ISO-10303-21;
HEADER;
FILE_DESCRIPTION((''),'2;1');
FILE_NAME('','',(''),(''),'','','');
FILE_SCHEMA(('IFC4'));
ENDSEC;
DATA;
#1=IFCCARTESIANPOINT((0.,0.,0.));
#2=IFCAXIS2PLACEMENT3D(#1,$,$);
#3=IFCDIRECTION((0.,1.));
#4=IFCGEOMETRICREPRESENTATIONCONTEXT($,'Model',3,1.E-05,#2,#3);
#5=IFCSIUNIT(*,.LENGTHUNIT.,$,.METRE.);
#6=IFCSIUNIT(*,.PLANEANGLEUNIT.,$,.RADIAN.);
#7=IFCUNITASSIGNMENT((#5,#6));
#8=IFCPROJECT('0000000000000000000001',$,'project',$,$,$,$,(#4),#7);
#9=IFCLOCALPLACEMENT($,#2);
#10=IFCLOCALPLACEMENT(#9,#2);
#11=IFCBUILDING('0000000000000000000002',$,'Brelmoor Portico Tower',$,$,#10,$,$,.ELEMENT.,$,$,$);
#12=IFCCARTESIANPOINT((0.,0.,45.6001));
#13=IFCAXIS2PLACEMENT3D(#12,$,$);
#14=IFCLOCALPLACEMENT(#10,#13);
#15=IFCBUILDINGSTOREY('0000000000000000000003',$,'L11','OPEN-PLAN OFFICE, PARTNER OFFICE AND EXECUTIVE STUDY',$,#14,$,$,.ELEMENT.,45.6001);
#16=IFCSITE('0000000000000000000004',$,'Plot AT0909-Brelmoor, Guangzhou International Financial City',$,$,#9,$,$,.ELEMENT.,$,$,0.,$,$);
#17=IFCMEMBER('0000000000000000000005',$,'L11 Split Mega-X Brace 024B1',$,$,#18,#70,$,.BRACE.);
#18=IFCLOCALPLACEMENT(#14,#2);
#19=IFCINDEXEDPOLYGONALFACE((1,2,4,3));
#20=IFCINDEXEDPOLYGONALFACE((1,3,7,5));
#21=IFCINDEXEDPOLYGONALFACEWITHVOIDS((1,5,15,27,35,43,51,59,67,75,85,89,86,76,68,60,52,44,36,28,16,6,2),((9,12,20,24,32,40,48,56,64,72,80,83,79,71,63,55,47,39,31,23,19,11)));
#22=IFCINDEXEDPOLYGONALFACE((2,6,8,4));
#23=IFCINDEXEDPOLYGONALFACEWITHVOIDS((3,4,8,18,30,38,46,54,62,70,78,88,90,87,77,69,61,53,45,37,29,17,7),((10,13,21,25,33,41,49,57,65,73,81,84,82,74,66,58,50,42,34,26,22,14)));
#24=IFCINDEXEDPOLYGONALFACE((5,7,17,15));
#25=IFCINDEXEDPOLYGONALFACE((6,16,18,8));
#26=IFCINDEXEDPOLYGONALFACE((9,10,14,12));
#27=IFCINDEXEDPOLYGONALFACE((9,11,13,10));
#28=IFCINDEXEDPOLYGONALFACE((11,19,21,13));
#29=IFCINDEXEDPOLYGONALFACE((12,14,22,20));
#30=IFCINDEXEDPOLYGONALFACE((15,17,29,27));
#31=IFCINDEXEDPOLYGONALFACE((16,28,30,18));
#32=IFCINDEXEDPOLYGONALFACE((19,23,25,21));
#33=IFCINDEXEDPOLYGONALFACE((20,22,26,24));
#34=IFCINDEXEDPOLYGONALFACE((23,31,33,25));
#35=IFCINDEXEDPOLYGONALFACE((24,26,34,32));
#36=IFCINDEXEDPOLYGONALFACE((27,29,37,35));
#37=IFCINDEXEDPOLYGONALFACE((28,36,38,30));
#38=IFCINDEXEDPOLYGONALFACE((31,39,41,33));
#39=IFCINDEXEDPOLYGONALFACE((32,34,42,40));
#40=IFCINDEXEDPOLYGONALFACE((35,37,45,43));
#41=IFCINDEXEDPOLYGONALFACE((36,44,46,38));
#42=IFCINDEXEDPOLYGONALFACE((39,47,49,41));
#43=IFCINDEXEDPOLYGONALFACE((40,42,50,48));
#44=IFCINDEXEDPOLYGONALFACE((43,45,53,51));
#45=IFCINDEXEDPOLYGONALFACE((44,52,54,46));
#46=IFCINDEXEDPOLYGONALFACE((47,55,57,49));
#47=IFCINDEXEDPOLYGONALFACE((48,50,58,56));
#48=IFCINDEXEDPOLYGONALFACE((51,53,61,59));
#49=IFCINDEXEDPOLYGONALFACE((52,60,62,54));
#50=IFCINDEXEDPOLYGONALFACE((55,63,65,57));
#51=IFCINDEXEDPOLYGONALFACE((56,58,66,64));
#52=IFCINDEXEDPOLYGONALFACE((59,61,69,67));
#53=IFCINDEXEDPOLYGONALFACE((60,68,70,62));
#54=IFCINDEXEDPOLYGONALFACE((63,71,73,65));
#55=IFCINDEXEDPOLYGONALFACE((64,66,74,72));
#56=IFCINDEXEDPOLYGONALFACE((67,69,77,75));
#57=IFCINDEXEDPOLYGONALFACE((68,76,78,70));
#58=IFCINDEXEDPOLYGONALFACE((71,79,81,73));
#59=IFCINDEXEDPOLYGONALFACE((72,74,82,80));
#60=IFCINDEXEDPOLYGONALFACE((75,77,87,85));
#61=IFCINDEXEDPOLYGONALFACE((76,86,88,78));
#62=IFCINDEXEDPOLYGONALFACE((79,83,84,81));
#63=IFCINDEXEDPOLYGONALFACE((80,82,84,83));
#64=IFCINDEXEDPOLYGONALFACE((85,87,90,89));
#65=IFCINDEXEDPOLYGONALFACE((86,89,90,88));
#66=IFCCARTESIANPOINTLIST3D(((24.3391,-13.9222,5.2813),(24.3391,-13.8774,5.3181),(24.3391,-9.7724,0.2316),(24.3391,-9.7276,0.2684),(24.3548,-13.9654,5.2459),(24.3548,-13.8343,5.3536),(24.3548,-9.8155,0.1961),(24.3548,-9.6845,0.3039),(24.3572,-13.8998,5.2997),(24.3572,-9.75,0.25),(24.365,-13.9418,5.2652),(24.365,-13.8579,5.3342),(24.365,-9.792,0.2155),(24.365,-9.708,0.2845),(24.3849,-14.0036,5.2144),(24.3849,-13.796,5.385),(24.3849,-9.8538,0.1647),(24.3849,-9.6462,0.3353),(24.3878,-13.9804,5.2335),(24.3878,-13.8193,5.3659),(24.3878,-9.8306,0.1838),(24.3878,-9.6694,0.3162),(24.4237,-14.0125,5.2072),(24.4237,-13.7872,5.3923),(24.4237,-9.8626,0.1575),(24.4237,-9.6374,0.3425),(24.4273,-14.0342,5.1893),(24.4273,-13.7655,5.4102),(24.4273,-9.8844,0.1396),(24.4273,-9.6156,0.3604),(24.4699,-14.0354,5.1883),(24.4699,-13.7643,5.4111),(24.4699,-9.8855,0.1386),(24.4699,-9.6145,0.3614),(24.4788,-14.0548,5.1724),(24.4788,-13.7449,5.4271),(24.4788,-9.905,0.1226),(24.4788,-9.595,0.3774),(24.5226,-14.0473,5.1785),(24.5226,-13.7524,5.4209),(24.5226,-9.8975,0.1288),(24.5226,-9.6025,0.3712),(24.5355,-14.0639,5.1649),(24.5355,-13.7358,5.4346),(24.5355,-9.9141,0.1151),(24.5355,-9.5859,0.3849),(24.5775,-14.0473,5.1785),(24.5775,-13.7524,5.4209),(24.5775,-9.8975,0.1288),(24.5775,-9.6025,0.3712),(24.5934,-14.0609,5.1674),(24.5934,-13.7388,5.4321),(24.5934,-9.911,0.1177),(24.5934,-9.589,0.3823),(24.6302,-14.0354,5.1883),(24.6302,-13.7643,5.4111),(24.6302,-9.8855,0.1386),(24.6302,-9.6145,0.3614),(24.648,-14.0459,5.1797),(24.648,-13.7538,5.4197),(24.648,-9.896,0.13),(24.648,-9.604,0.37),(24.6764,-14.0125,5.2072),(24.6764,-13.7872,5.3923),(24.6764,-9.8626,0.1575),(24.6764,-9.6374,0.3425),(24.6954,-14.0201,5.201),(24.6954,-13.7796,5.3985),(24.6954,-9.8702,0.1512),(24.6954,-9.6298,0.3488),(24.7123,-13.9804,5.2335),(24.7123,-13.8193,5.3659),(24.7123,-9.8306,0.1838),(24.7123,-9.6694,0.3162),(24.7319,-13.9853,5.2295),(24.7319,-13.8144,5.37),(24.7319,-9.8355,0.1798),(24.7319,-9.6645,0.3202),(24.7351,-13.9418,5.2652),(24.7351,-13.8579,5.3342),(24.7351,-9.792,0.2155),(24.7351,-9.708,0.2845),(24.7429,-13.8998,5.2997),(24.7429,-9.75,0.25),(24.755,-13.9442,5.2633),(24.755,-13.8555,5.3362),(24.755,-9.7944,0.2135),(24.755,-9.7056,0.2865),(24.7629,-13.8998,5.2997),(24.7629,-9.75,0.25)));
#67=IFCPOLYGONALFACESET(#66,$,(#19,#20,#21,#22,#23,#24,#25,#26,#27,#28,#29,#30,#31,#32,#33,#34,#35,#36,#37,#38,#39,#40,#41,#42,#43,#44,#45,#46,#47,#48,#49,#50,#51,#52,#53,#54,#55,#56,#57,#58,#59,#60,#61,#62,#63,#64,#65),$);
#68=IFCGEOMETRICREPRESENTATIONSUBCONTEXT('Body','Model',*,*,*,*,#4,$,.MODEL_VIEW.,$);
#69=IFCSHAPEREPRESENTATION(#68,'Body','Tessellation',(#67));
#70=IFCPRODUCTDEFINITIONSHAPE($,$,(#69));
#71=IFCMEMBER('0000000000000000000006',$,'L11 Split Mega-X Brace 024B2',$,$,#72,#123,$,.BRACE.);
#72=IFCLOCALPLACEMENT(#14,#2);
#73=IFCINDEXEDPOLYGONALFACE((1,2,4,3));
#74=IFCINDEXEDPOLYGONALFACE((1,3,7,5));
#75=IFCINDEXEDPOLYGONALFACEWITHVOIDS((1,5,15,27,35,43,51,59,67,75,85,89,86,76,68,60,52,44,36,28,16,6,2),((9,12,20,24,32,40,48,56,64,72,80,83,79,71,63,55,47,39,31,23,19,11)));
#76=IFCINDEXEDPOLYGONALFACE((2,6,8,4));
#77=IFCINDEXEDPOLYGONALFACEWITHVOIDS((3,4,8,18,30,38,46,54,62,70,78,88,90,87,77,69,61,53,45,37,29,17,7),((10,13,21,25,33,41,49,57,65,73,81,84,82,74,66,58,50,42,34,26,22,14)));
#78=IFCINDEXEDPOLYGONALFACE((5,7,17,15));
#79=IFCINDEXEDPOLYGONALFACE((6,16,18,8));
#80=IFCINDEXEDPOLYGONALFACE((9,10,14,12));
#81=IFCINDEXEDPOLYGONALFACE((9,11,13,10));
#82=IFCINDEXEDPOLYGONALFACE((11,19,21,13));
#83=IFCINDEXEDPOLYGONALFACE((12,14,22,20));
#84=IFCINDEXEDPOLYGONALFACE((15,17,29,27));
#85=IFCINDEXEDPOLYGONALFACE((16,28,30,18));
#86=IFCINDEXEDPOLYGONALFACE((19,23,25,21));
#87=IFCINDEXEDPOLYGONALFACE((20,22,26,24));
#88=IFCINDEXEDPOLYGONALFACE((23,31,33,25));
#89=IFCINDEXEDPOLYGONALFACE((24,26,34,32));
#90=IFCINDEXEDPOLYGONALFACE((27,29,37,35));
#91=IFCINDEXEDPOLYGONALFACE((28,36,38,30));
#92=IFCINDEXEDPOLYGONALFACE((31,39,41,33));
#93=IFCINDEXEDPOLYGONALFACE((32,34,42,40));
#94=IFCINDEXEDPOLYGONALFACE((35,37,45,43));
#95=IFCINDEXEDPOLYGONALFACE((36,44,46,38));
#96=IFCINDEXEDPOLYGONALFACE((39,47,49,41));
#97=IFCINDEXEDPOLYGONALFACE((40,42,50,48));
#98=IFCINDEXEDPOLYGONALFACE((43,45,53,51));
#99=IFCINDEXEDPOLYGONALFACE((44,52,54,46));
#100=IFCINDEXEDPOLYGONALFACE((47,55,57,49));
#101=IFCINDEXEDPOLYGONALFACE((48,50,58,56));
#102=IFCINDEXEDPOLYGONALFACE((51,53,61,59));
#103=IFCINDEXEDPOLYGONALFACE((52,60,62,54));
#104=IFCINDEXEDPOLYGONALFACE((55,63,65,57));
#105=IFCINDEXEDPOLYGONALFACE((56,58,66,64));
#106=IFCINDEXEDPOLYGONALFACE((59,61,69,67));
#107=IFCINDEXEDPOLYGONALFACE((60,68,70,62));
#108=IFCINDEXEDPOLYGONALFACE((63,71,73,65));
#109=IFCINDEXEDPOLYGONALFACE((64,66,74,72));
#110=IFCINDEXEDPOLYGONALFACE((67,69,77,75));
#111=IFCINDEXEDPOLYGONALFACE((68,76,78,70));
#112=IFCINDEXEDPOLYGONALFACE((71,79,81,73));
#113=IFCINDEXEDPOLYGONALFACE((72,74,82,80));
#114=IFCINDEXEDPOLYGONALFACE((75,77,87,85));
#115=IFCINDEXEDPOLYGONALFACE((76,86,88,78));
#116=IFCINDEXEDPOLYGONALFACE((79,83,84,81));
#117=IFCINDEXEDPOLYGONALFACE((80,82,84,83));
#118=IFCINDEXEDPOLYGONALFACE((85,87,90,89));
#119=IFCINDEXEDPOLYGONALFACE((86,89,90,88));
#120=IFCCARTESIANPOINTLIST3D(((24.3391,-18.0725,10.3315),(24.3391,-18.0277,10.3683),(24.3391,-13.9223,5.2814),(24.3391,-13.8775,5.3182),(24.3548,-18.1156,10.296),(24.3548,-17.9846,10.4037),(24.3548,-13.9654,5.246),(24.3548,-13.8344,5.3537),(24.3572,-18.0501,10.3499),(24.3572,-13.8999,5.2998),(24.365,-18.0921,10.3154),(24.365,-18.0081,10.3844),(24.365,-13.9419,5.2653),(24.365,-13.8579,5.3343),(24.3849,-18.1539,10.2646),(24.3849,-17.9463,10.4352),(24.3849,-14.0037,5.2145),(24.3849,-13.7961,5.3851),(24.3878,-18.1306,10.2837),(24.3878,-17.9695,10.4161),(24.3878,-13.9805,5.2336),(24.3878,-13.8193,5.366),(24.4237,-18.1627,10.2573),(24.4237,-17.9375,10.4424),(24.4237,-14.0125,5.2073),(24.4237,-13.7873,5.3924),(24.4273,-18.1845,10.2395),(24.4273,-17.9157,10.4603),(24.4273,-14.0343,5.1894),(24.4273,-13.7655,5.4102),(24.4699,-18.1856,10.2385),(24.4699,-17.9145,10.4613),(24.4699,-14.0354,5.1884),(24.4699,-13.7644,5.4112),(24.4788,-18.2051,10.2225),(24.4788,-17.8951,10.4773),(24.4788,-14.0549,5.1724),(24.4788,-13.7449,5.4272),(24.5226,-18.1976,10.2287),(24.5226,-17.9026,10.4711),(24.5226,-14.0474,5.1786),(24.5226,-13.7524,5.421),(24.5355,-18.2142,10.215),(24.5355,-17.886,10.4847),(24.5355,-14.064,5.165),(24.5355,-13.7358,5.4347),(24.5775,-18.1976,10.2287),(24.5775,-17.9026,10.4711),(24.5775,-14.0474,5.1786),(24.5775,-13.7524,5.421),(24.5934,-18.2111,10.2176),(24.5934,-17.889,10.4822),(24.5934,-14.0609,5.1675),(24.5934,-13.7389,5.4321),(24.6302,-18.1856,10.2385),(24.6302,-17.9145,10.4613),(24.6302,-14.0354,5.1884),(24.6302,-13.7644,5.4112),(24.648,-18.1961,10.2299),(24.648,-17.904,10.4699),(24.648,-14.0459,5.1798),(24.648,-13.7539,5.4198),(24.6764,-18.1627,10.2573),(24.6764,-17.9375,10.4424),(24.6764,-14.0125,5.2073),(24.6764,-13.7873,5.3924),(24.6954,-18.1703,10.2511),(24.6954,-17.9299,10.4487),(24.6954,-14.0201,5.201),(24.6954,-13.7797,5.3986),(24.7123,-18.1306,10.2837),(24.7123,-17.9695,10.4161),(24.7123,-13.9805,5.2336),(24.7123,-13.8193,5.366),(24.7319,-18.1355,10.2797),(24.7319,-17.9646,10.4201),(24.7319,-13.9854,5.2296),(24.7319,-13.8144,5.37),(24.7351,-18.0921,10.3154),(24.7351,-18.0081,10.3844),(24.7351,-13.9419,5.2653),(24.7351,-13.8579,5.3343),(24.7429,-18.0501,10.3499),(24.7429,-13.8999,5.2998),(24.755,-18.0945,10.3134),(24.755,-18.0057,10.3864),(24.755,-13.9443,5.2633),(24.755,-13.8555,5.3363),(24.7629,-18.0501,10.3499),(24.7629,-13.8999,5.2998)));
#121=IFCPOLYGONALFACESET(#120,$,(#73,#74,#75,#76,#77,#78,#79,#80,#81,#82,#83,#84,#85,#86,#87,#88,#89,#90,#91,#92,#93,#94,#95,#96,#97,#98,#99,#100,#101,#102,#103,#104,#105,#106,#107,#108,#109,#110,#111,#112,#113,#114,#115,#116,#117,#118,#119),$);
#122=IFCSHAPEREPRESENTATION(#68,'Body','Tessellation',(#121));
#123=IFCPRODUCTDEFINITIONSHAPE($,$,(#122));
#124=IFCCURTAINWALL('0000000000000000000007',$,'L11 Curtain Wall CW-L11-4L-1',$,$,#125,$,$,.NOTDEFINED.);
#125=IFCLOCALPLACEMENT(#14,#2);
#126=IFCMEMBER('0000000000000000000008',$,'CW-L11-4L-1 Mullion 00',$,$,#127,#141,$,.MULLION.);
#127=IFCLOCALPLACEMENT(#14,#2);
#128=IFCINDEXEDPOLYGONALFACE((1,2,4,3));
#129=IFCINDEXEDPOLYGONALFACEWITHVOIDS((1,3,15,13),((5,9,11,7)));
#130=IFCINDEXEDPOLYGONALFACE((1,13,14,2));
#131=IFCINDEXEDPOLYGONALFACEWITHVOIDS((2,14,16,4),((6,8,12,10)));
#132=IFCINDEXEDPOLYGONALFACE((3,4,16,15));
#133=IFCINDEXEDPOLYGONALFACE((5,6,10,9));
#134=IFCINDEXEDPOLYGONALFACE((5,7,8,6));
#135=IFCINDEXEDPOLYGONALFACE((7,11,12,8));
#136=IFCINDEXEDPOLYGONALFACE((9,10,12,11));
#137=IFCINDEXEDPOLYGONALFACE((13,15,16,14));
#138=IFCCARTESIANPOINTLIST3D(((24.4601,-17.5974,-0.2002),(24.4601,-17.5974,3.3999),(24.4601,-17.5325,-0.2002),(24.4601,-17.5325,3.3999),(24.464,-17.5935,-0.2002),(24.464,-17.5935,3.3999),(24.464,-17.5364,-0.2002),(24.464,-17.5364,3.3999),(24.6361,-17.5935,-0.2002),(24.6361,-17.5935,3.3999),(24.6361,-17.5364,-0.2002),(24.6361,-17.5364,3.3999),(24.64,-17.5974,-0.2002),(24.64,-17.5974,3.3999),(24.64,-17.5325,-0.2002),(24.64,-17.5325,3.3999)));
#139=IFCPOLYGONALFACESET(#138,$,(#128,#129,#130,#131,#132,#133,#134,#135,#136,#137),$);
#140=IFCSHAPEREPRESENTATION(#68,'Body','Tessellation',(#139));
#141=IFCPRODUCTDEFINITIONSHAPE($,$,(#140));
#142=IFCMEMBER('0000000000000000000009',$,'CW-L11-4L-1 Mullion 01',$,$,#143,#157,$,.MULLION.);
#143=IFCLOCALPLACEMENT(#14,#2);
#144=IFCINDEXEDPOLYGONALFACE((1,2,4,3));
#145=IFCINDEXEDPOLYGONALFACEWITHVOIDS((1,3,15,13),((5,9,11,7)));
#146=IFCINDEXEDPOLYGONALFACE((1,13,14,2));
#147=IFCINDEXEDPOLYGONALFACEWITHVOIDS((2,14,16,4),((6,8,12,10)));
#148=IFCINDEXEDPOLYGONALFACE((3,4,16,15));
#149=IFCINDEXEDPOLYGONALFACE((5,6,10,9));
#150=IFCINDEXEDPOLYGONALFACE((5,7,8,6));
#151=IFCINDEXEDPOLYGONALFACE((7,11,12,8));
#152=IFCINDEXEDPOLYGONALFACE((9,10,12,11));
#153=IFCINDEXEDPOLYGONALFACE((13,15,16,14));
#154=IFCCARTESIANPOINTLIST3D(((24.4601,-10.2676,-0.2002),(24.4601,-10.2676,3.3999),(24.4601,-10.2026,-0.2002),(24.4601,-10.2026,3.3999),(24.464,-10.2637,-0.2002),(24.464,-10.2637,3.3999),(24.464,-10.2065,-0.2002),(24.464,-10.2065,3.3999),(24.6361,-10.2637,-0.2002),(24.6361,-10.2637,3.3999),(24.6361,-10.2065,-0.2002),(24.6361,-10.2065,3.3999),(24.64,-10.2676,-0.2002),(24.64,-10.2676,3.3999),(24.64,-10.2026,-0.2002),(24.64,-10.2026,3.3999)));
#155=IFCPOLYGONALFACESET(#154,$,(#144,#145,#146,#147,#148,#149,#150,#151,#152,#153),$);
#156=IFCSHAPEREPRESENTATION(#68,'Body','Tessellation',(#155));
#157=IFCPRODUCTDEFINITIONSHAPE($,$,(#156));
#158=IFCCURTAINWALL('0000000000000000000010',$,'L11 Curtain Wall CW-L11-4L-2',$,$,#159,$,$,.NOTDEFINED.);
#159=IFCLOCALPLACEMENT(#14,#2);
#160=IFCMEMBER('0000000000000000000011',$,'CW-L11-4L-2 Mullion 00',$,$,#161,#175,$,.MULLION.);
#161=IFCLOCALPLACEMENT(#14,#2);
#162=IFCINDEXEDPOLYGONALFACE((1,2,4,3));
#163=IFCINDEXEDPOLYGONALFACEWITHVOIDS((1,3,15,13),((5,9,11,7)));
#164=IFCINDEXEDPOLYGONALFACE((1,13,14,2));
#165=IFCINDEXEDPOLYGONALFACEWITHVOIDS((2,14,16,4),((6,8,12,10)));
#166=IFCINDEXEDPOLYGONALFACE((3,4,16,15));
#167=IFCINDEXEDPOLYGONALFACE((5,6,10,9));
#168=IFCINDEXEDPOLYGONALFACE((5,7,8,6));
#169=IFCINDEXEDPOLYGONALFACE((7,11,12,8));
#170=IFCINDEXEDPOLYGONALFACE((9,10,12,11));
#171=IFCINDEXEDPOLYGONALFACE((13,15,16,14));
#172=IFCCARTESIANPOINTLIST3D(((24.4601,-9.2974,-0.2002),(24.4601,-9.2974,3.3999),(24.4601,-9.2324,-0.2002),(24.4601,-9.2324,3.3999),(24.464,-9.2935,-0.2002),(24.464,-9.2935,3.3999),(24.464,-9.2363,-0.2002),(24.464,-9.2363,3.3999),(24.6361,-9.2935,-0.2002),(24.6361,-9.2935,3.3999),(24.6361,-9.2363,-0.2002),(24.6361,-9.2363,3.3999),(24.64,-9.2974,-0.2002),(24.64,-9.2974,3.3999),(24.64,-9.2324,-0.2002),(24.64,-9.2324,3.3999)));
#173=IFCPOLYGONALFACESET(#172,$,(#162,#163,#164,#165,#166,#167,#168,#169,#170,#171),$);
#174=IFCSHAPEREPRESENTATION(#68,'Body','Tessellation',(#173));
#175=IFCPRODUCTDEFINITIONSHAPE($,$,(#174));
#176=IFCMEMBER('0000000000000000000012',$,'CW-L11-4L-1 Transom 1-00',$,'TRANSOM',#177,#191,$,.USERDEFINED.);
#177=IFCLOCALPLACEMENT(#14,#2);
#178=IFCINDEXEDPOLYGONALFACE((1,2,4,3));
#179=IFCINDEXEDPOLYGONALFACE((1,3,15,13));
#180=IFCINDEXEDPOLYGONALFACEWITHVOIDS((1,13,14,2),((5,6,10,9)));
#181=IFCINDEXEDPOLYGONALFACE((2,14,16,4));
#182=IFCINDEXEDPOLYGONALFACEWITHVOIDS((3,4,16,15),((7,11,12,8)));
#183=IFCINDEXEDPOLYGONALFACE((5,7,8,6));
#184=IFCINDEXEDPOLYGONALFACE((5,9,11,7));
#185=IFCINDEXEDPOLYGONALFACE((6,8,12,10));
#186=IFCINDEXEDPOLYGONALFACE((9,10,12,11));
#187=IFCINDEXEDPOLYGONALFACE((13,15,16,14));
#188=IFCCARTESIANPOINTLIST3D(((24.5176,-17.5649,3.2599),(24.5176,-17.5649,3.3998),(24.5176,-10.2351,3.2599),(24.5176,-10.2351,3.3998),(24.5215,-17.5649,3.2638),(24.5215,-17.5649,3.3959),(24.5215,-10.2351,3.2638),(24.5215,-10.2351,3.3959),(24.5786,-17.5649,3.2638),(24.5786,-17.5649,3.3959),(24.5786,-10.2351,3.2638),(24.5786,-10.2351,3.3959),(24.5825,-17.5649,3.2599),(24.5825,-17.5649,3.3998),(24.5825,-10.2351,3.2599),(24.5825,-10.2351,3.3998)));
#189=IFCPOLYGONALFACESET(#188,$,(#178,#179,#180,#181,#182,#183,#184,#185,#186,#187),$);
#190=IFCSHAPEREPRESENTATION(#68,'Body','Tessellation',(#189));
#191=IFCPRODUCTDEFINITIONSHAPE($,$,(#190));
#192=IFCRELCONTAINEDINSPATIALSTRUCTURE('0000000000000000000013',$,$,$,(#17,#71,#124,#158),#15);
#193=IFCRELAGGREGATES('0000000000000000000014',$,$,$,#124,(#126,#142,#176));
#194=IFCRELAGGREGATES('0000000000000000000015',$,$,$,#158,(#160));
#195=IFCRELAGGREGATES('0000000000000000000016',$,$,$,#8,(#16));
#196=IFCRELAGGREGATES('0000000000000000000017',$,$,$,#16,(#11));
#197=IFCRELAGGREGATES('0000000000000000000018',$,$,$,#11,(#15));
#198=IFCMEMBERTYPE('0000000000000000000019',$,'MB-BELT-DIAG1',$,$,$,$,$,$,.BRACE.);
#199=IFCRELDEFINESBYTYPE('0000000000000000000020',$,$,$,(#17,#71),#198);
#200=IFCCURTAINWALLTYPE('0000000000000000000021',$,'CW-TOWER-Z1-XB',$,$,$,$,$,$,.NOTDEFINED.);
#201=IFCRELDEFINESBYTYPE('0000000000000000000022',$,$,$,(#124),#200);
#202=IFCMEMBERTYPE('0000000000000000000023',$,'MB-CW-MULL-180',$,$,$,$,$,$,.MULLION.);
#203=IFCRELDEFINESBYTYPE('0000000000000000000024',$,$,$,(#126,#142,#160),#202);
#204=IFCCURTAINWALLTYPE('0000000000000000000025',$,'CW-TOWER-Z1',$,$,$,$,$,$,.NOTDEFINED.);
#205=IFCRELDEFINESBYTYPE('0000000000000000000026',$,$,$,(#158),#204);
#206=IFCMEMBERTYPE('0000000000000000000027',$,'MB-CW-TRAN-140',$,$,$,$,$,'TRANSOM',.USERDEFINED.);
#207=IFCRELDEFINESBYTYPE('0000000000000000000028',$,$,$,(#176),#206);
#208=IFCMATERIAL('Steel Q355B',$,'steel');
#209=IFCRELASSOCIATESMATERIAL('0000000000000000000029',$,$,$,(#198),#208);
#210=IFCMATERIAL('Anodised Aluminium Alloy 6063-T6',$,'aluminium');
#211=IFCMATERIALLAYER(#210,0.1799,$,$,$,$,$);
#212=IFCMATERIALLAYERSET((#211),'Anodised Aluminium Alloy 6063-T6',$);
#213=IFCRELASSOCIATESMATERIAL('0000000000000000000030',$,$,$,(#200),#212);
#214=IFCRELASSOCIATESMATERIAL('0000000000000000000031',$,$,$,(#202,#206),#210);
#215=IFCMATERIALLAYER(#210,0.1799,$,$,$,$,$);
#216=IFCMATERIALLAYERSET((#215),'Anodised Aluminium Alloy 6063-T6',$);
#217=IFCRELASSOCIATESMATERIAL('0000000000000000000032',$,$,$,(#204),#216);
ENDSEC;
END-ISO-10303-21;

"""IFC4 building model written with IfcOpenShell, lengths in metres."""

from ifc_helpers import new_model, si_unit, direction, frame, origin, origin_2d, place, context, subcontext, project, spatial, hollow_rectangle, hollow_circle, extrude, material, layer, layer_set, material_profile, profile_set, type_object, element, aggregate, save


model = new_model("IFC4")

# Units and contexts
model_context = context("Model", 3, precision=1e-05, world=origin(), true_north=direction((0.0, 1.0)))
body_context = subcontext(model_context, "Body", "Model", "MODEL_VIEW")
ifc_project = project(units=[si_unit("LENGTHUNIT", "METRE"), si_unit("PLANEANGLEUNIT", "RADIAN")], contexts=[model_context])

# Site, building, storey
site_placement = place(None, origin())
site = spatial("IfcSite", under=ifc_project, at=site_placement, Name="Plot AT0909-Brelmoor, Guangzhou International Financial City", CompositionType="ELEMENT", RefElevation=0.0)
building_placement = place(site_placement, origin())
building = spatial("IfcBuilding", under=site, at=building_placement, Name="Brelmoor Portico Tower", CompositionType="ELEMENT")
storey_placement = place(building_placement, frame((0.0, 0.0, 45.6001)))
storey = spatial("IfcBuildingStorey", under=building, at=storey_placement, Name="L11", Description="OPEN-PLAN OFFICE, PARTNER OFFICE AND EXECUTIVE STUDY", CompositionType="ELEMENT", Elevation=45.6001)

# Shared definitions
ifc_material_1 = material(Name="Steel Q355B", Category="steel")

# Members
ifc_material_profile_1 = material_profile(ifc_material_1, hollow_circle(Radius=0.2129, WallThickness=0.02, at=origin_2d()), Name="CHS 426x20")
ifc_profile_set_1 = profile_set([ifc_material_profile_1], Name="Steel Q355B")
member_type_1 = type_object("IfcMemberType", Name="MB-BELT-DIAG1", PredefinedType="BRACE", material=ifc_profile_set_1)
member_1_placement = place(storey_placement, frame((24.55, -9.75, 0.25), z_axis=(0.0, -0.634908, 0.772588), x_axis=(1.0, 0.0, 0.0)))
element("IfcMember", 1, at=member_1_placement, inside=storey, type_object=member_type_1, Name="L11 Split Mega-X Brace 024B1", PredefinedType="BRACE", context=body_context, shape_type="SweptSolid", body=[
    extrude(hollow_circle(Radius=0.2129, WallThickness=0.02, at=origin_2d()), origin(), (0.0, 0.0, 1.0), 6.5361),
])
member_2_placement = place(storey_placement, frame((24.55, -13.8999, 5.2998), z_axis=(0.0, -0.634912, 0.772584), x_axis=(1.0, 0.0, 0.0)))
element("IfcMember", 2, at=member_2_placement, inside=storey, type_object=member_type_1, Name="L11 Split Mega-X Brace 024B2", PredefinedType="BRACE", context=body_context, shape_type="SweptSolid", body=[
    extrude(hollow_circle(Radius=0.2129, WallThickness=0.02, at=origin_2d()), origin(), (0.0, 0.0, 1.0), 6.5366),
])

# Curtain wall, members
ifc_material_2 = material(Name="Anodised Aluminium Alloy 6063-T6", Category="aluminium")
ifc_layer_1 = layer(ifc_material_2, 0.1799)
ifc_layer_set_1 = layer_set([ifc_layer_1], Name="Anodised Aluminium Alloy 6063-T6")
curtain_wall_type_1 = type_object("IfcCurtainWallType", Name="CW-TOWER-Z1-XB", PredefinedType="NOTDEFINED", material=ifc_layer_set_1)
curtain_wall_1_placement = place(storey_placement, origin())
curtain_wall_1 = element("IfcCurtainWall", 3, at=curtain_wall_1_placement, inside=storey, type_object=curtain_wall_type_1, Name="L11 Curtain Wall CW-L11-4L-1", PredefinedType="NOTDEFINED")
ifc_material_profile_2 = material_profile(ifc_material_2, hollow_rectangle(XDim=0.0649, YDim=0.1799, WallThickness=0.0039, at=origin_2d()), Name="ALU MULLION 65x180")
ifc_profile_set_2 = profile_set([ifc_material_profile_2], Name="Anodised Aluminium Alloy 6063-T6")
member_type_2 = type_object("IfcMemberType", Name="MB-CW-MULL-180", PredefinedType="MULLION", material=ifc_profile_set_2)
member_3_placement = place(storey_placement, frame((24.55, -17.5649, -0.2002), z_axis=(0.0, 0.0, 1.0), x_axis=(0.0, 1.0, 0.0)))
member_3 = element("IfcMember", 4, at=member_3_placement, type_object=member_type_2, Name="CW-L11-4L-1 Mullion 00", PredefinedType="MULLION", context=body_context, shape_type="SweptSolid", body=[
    extrude(hollow_rectangle(XDim=0.0649, YDim=0.1799, WallThickness=0.0039, at=origin_2d()), origin(), (0.0, 0.0, 1.0), 3.6001),
])
member_4_placement = place(storey_placement, frame((24.55, -10.2351, -0.2002), z_axis=(0.0, 0.0, 1.0), x_axis=(0.0, 1.0, 0.0)))
member_4 = element("IfcMember", 5, at=member_4_placement, type_object=member_type_2, Name="CW-L11-4L-1 Mullion 01", PredefinedType="MULLION", context=body_context, shape_type="SweptSolid", body=[
    extrude(hollow_rectangle(XDim=0.0649, YDim=0.1799, WallThickness=0.0039, at=origin_2d()), origin(), (0.0, 0.0, 1.0), 3.6001),
])

# Curtain wall, member
ifc_layer_2 = layer(ifc_material_2, 0.1799)
ifc_layer_set_2 = layer_set([ifc_layer_2], Name="Anodised Aluminium Alloy 6063-T6")
curtain_wall_type_2 = type_object("IfcCurtainWallType", Name="CW-TOWER-Z1", PredefinedType="NOTDEFINED", material=ifc_layer_set_2)
curtain_wall_2_placement = place(storey_placement, origin())
curtain_wall_2 = element("IfcCurtainWall", 6, at=curtain_wall_2_placement, inside=storey, type_object=curtain_wall_type_2, Name="L11 Curtain Wall CW-L11-4L-2", PredefinedType="NOTDEFINED")
member_5_placement = place(storey_placement, frame((24.55, -9.2649, -0.2002), z_axis=(0.0, 0.0, 1.0), x_axis=(0.0, 1.0, 0.0)))
member_5 = element("IfcMember", 7, at=member_5_placement, type_object=member_type_2, Name="CW-L11-4L-2 Mullion 00", PredefinedType="MULLION", context=body_context, shape_type="SweptSolid", body=[
    extrude(hollow_rectangle(XDim=0.0649, YDim=0.1799, WallThickness=0.0039, at=origin_2d()), origin(), (0.0, 0.0, 1.0), 3.6001),
])

# Member
ifc_material_profile_3 = material_profile(ifc_material_2, hollow_rectangle(XDim=0.0649, YDim=0.1399, WallThickness=0.0039, at=origin_2d()), Name="ALU TRANSOM 65x140")
ifc_profile_set_3 = profile_set([ifc_material_profile_3], Name="Anodised Aluminium Alloy 6063-T6")
member_type_3 = type_object("IfcMemberType", Name="MB-CW-TRAN-140", ElementType="TRANSOM", PredefinedType="USERDEFINED", material=ifc_profile_set_3)
member_6_placement = place(storey_placement, frame((24.55, -17.5649, 3.3298), z_axis=(0.0, 1.0, 0.0), x_axis=(-1.0, 0.0, 0.0)))
member_6 = element("IfcMember", 8, at=member_6_placement, type_object=member_type_3, Name="CW-L11-4L-1 Transom 1-00", ObjectType="TRANSOM", PredefinedType="USERDEFINED", context=body_context, shape_type="SweptSolid", body=[
    extrude(hollow_rectangle(XDim=0.0649, YDim=0.1399, WallThickness=0.0039, at=origin_2d()), origin(), (0.0, 0.0, 1.0), 7.3298),
])

aggregate(curtain_wall_1, [member_3, member_4, member_6])
aggregate(curtain_wall_2, [member_5])

save(model, "model.ifc")
